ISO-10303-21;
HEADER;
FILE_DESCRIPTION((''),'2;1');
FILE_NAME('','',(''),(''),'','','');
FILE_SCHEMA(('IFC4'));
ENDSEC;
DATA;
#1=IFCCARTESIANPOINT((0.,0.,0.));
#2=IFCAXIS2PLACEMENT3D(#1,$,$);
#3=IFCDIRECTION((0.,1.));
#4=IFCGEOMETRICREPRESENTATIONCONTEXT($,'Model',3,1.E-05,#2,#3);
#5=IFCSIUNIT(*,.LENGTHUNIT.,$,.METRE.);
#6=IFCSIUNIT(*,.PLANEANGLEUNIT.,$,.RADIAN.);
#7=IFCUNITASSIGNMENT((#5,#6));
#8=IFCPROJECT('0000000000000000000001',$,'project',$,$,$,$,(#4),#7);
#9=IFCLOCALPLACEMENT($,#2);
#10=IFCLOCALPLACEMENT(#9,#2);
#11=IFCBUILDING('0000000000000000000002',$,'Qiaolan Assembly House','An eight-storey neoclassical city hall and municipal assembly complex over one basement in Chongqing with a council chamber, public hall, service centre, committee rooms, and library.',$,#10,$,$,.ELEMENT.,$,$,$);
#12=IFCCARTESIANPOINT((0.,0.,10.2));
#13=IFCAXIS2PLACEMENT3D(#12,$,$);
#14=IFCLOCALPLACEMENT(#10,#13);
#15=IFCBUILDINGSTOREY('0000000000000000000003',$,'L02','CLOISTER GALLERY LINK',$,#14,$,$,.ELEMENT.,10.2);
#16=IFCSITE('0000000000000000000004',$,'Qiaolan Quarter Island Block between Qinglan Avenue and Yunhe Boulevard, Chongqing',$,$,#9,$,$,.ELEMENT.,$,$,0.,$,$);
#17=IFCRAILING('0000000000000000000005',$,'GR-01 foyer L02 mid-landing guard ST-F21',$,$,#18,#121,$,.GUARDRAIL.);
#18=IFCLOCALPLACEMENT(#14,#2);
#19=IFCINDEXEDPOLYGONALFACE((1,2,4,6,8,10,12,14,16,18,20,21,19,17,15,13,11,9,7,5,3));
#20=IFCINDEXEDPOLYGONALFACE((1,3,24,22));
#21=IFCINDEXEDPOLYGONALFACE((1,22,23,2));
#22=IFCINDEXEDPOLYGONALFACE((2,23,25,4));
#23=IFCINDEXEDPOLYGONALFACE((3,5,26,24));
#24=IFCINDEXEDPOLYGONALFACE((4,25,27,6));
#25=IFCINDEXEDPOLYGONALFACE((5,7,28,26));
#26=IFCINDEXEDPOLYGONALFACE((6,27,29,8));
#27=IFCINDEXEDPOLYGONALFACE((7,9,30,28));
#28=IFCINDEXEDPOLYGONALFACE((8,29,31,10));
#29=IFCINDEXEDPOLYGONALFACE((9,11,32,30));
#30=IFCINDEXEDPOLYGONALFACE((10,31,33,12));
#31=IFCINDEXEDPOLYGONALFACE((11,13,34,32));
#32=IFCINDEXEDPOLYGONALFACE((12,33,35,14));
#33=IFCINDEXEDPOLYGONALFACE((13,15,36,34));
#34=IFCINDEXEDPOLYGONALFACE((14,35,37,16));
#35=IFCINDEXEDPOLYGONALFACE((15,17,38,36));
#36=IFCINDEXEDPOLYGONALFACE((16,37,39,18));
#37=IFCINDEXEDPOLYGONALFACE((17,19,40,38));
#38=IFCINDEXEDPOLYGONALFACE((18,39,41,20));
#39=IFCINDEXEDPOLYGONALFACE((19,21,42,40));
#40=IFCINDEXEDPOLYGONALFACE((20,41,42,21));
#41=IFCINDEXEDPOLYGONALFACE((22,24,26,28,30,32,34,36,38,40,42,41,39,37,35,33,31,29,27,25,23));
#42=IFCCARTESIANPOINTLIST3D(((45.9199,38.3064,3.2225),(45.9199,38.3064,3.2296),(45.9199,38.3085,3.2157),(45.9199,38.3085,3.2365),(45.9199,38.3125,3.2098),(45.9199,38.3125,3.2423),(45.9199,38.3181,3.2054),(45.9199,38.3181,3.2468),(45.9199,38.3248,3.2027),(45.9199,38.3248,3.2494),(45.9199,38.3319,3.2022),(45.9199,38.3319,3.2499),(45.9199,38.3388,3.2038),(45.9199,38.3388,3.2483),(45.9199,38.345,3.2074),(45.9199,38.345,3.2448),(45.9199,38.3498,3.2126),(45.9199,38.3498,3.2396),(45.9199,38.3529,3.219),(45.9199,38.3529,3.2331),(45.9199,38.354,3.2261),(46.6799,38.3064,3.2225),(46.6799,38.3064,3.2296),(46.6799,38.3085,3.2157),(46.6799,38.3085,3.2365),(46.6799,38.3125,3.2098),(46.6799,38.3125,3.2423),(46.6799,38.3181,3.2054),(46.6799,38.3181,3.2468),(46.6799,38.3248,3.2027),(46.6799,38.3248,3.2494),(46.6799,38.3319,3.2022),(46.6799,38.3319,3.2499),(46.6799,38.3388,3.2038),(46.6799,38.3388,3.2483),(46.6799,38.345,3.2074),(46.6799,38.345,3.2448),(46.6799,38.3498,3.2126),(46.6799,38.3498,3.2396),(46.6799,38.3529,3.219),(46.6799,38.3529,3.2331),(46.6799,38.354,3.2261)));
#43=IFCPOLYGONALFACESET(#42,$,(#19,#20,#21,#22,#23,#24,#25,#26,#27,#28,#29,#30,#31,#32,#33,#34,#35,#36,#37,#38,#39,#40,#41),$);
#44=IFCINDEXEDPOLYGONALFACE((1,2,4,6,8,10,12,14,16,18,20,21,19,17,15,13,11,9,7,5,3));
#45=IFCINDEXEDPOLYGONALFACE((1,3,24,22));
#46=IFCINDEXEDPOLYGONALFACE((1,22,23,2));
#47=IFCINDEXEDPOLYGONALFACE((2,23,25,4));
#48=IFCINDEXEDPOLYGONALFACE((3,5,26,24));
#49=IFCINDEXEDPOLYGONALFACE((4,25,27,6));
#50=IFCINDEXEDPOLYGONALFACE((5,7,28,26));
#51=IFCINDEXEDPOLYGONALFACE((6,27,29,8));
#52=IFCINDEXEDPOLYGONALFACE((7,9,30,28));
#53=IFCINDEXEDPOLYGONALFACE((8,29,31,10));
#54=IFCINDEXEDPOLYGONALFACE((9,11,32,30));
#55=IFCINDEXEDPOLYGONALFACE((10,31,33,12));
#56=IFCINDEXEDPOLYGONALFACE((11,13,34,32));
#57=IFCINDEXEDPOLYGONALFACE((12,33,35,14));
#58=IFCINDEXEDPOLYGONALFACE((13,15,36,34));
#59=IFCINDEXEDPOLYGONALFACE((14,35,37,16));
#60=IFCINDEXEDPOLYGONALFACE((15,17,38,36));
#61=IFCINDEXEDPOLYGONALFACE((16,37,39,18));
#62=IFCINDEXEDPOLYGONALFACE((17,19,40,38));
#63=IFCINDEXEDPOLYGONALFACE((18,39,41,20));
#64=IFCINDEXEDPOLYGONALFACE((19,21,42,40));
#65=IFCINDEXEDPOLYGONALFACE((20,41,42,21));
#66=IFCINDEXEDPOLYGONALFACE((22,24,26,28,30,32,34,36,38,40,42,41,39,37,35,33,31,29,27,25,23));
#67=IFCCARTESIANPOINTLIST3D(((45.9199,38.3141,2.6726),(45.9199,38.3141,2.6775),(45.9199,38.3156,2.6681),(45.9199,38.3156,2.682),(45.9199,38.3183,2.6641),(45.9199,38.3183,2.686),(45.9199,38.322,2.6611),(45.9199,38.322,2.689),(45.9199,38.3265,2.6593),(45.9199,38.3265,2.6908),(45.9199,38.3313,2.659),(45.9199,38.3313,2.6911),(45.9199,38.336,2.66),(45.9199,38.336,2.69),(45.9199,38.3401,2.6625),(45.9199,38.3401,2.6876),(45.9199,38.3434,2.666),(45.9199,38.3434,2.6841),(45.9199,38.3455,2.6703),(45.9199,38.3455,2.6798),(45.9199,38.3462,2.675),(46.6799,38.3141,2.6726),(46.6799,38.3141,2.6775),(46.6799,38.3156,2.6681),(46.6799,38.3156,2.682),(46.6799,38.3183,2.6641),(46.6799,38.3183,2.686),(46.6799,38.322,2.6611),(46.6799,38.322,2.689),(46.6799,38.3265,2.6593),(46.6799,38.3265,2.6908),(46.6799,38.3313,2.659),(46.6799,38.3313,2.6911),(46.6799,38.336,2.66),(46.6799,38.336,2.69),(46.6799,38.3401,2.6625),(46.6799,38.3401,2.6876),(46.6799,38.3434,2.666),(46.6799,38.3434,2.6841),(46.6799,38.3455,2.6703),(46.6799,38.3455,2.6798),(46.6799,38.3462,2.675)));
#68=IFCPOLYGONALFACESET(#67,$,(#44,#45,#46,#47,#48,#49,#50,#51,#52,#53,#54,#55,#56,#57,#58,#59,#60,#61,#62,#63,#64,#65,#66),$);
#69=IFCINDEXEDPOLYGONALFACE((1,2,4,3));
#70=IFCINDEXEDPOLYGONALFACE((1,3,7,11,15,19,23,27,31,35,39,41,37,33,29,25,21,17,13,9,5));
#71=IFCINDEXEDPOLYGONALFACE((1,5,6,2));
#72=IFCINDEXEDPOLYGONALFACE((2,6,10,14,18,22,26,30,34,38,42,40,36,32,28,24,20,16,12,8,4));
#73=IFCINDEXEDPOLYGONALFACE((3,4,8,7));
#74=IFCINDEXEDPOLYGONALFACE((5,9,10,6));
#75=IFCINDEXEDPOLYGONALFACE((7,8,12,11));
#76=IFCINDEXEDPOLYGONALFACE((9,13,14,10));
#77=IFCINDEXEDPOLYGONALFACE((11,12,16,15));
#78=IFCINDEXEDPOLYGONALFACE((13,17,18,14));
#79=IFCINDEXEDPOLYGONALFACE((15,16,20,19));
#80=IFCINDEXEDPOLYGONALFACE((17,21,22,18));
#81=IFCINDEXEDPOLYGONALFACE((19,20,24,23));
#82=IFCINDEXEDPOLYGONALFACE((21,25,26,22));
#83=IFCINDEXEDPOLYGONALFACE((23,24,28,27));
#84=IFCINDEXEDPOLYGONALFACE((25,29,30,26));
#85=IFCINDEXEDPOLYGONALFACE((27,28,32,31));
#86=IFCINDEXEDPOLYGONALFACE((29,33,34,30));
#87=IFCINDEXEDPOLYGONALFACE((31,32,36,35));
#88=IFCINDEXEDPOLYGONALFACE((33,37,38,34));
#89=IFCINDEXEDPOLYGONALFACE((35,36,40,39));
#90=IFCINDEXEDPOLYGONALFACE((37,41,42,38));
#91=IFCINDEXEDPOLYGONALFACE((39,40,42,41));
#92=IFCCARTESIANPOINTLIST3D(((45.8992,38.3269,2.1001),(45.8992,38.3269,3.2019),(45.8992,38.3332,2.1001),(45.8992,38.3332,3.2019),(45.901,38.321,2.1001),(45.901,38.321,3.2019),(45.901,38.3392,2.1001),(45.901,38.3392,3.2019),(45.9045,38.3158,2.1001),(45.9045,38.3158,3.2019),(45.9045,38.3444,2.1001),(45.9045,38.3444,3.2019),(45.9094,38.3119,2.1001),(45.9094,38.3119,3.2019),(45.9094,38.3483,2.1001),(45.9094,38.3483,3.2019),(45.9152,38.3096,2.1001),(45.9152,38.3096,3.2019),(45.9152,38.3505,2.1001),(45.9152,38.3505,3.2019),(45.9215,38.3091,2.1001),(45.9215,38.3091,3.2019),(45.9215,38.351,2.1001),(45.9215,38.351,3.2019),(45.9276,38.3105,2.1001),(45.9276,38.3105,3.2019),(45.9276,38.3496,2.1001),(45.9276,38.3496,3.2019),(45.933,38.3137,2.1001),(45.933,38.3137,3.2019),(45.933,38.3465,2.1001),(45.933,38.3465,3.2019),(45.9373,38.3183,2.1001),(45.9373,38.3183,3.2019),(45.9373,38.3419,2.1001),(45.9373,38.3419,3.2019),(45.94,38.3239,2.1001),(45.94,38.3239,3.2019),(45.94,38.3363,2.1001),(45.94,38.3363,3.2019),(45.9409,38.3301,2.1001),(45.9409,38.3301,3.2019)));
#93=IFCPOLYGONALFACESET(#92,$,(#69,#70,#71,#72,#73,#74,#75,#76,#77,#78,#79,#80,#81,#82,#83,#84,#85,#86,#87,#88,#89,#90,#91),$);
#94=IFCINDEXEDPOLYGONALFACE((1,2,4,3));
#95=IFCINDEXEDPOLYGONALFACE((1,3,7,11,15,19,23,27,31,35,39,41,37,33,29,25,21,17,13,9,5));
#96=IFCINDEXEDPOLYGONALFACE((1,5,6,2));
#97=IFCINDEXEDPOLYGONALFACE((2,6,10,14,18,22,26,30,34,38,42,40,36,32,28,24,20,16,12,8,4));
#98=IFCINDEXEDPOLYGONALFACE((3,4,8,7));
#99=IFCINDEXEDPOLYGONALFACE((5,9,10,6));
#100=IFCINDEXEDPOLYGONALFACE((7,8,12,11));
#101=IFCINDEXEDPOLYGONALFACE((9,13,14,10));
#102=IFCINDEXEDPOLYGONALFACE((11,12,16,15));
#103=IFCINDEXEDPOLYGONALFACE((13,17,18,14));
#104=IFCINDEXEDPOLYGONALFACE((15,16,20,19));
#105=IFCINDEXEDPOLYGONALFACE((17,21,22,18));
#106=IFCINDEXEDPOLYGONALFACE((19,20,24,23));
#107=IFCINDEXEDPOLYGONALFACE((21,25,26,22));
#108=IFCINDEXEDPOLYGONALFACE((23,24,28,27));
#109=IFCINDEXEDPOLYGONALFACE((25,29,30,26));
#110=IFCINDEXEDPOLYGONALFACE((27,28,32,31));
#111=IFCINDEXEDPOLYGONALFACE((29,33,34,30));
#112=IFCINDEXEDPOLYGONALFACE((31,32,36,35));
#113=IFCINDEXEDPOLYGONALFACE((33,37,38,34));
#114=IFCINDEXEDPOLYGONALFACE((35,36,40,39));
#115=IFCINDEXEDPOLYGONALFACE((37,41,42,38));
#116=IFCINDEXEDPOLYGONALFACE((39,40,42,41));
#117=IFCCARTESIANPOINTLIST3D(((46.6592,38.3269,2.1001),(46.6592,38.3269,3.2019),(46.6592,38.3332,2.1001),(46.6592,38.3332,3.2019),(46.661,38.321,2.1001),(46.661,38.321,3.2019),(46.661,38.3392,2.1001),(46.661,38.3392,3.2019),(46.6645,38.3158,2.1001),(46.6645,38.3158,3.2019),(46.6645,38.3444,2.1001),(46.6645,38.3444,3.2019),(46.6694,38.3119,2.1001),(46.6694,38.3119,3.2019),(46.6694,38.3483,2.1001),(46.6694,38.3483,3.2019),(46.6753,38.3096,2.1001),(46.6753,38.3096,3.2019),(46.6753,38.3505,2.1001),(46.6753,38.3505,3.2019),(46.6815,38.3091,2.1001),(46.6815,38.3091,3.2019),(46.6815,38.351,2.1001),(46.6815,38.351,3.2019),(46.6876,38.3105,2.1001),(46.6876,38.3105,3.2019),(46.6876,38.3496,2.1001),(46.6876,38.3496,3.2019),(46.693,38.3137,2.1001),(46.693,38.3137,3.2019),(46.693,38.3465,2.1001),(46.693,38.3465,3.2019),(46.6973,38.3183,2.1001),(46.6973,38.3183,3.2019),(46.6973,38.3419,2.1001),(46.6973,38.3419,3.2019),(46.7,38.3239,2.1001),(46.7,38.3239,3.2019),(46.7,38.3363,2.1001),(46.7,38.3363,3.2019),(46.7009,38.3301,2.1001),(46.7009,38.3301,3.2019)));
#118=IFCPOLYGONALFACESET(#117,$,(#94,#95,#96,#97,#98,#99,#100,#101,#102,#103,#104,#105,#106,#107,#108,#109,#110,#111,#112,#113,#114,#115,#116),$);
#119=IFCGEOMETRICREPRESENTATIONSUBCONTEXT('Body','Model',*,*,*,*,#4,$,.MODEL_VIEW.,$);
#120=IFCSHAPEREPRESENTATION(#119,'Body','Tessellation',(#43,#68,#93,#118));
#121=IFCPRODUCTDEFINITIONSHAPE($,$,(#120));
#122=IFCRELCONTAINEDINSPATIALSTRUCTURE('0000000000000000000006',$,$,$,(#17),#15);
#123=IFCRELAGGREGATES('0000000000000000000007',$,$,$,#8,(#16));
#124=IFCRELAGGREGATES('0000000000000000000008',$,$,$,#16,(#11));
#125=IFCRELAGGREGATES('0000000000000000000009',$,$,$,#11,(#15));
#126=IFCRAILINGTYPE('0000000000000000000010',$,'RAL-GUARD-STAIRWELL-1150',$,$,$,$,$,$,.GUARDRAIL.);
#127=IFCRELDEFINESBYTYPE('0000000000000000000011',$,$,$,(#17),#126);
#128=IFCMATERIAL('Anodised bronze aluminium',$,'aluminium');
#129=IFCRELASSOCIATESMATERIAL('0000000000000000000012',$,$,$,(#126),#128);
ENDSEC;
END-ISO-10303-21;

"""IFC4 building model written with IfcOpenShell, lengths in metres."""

from ifc_helpers import new_model, si_unit, direction, frame, origin, origin_2d, place, context, subcontext, project, spatial, circle, extrude, material, type_object, element, save


model = new_model("IFC4")

# Units and contexts
model_context = context("Model", 3, precision=1e-05, world=origin(), true_north=direction((0.0, 1.0)))
body_context = subcontext(model_context, "Body", "Model", "MODEL_VIEW")
ifc_project = project(units=[si_unit("LENGTHUNIT", "METRE"), si_unit("PLANEANGLEUNIT", "RADIAN")], contexts=[model_context])

# Site, building, storey
site_placement = place(None, origin())
site = spatial("IfcSite", under=ifc_project, at=site_placement, Name="Qiaolan Quarter Island Block between Qinglan Avenue and Yunhe Boulevard, Chongqing", CompositionType="ELEMENT", RefElevation=0.0)
building_placement = place(site_placement, origin())
building = spatial("IfcBuilding", under=site, at=building_placement, Name="Qiaolan Assembly House", Description="An eight-storey neoclassical city hall and municipal assembly complex over one basement in Chongqing with a council chamber, public hall, service centre, committee rooms, and library.", CompositionType="ELEMENT")
storey_placement = place(building_placement, frame((0.0, 0.0, 10.2)))
storey = spatial("IfcBuildingStorey", under=building, at=storey_placement, Name="L02", Description="CLOISTER GALLERY LINK", CompositionType="ELEMENT", Elevation=10.2)

# Railing
ifc_material_1 = material(Name="Anodised bronze aluminium", Category="aluminium")
railing_type_1 = type_object("IfcRailingType", Name="RAL-GUARD-STAIRWELL-1150", PredefinedType="GUARDRAIL", material=ifc_material_1)
railing_1_placement = place(storey_placement, frame((45.9199, 38.3301, 2.1001)))
element("IfcRailing", 1, at=railing_1_placement, inside=storey, type_object=railing_type_1, Name="GR-01 foyer L02 mid-landing guard ST-F21", PredefinedType="GUARDRAIL", context=body_context, shape_type="SweptSolid", body=[
    extrude(circle(Radius=0.0239, at=origin_2d()), frame((0.0, 0.0, 1.126), z_axis=(1.0, 0.0, 0.0), x_axis=(0.0, 1.0, 0.0)), (0.0, 0.0, 1.0), 0.76),
    extrude(circle(Radius=0.0161, at=origin_2d()), frame((0.0, 0.0, 0.575), z_axis=(1.0, 0.0, 0.0), x_axis=(0.0, 1.0, 0.0)), (0.0, 0.0, 1.0), 0.76),
    extrude(circle(Radius=0.021, at=origin_2d()), origin(), (0.0, 0.0, 1.0), 1.1018),
    extrude(circle(Radius=0.021, at=origin_2d()), frame((0.76, 0.0, 0.0)), (0.0, 0.0, 1.0), 1.1018),
])

save(model, "model.ifc")
